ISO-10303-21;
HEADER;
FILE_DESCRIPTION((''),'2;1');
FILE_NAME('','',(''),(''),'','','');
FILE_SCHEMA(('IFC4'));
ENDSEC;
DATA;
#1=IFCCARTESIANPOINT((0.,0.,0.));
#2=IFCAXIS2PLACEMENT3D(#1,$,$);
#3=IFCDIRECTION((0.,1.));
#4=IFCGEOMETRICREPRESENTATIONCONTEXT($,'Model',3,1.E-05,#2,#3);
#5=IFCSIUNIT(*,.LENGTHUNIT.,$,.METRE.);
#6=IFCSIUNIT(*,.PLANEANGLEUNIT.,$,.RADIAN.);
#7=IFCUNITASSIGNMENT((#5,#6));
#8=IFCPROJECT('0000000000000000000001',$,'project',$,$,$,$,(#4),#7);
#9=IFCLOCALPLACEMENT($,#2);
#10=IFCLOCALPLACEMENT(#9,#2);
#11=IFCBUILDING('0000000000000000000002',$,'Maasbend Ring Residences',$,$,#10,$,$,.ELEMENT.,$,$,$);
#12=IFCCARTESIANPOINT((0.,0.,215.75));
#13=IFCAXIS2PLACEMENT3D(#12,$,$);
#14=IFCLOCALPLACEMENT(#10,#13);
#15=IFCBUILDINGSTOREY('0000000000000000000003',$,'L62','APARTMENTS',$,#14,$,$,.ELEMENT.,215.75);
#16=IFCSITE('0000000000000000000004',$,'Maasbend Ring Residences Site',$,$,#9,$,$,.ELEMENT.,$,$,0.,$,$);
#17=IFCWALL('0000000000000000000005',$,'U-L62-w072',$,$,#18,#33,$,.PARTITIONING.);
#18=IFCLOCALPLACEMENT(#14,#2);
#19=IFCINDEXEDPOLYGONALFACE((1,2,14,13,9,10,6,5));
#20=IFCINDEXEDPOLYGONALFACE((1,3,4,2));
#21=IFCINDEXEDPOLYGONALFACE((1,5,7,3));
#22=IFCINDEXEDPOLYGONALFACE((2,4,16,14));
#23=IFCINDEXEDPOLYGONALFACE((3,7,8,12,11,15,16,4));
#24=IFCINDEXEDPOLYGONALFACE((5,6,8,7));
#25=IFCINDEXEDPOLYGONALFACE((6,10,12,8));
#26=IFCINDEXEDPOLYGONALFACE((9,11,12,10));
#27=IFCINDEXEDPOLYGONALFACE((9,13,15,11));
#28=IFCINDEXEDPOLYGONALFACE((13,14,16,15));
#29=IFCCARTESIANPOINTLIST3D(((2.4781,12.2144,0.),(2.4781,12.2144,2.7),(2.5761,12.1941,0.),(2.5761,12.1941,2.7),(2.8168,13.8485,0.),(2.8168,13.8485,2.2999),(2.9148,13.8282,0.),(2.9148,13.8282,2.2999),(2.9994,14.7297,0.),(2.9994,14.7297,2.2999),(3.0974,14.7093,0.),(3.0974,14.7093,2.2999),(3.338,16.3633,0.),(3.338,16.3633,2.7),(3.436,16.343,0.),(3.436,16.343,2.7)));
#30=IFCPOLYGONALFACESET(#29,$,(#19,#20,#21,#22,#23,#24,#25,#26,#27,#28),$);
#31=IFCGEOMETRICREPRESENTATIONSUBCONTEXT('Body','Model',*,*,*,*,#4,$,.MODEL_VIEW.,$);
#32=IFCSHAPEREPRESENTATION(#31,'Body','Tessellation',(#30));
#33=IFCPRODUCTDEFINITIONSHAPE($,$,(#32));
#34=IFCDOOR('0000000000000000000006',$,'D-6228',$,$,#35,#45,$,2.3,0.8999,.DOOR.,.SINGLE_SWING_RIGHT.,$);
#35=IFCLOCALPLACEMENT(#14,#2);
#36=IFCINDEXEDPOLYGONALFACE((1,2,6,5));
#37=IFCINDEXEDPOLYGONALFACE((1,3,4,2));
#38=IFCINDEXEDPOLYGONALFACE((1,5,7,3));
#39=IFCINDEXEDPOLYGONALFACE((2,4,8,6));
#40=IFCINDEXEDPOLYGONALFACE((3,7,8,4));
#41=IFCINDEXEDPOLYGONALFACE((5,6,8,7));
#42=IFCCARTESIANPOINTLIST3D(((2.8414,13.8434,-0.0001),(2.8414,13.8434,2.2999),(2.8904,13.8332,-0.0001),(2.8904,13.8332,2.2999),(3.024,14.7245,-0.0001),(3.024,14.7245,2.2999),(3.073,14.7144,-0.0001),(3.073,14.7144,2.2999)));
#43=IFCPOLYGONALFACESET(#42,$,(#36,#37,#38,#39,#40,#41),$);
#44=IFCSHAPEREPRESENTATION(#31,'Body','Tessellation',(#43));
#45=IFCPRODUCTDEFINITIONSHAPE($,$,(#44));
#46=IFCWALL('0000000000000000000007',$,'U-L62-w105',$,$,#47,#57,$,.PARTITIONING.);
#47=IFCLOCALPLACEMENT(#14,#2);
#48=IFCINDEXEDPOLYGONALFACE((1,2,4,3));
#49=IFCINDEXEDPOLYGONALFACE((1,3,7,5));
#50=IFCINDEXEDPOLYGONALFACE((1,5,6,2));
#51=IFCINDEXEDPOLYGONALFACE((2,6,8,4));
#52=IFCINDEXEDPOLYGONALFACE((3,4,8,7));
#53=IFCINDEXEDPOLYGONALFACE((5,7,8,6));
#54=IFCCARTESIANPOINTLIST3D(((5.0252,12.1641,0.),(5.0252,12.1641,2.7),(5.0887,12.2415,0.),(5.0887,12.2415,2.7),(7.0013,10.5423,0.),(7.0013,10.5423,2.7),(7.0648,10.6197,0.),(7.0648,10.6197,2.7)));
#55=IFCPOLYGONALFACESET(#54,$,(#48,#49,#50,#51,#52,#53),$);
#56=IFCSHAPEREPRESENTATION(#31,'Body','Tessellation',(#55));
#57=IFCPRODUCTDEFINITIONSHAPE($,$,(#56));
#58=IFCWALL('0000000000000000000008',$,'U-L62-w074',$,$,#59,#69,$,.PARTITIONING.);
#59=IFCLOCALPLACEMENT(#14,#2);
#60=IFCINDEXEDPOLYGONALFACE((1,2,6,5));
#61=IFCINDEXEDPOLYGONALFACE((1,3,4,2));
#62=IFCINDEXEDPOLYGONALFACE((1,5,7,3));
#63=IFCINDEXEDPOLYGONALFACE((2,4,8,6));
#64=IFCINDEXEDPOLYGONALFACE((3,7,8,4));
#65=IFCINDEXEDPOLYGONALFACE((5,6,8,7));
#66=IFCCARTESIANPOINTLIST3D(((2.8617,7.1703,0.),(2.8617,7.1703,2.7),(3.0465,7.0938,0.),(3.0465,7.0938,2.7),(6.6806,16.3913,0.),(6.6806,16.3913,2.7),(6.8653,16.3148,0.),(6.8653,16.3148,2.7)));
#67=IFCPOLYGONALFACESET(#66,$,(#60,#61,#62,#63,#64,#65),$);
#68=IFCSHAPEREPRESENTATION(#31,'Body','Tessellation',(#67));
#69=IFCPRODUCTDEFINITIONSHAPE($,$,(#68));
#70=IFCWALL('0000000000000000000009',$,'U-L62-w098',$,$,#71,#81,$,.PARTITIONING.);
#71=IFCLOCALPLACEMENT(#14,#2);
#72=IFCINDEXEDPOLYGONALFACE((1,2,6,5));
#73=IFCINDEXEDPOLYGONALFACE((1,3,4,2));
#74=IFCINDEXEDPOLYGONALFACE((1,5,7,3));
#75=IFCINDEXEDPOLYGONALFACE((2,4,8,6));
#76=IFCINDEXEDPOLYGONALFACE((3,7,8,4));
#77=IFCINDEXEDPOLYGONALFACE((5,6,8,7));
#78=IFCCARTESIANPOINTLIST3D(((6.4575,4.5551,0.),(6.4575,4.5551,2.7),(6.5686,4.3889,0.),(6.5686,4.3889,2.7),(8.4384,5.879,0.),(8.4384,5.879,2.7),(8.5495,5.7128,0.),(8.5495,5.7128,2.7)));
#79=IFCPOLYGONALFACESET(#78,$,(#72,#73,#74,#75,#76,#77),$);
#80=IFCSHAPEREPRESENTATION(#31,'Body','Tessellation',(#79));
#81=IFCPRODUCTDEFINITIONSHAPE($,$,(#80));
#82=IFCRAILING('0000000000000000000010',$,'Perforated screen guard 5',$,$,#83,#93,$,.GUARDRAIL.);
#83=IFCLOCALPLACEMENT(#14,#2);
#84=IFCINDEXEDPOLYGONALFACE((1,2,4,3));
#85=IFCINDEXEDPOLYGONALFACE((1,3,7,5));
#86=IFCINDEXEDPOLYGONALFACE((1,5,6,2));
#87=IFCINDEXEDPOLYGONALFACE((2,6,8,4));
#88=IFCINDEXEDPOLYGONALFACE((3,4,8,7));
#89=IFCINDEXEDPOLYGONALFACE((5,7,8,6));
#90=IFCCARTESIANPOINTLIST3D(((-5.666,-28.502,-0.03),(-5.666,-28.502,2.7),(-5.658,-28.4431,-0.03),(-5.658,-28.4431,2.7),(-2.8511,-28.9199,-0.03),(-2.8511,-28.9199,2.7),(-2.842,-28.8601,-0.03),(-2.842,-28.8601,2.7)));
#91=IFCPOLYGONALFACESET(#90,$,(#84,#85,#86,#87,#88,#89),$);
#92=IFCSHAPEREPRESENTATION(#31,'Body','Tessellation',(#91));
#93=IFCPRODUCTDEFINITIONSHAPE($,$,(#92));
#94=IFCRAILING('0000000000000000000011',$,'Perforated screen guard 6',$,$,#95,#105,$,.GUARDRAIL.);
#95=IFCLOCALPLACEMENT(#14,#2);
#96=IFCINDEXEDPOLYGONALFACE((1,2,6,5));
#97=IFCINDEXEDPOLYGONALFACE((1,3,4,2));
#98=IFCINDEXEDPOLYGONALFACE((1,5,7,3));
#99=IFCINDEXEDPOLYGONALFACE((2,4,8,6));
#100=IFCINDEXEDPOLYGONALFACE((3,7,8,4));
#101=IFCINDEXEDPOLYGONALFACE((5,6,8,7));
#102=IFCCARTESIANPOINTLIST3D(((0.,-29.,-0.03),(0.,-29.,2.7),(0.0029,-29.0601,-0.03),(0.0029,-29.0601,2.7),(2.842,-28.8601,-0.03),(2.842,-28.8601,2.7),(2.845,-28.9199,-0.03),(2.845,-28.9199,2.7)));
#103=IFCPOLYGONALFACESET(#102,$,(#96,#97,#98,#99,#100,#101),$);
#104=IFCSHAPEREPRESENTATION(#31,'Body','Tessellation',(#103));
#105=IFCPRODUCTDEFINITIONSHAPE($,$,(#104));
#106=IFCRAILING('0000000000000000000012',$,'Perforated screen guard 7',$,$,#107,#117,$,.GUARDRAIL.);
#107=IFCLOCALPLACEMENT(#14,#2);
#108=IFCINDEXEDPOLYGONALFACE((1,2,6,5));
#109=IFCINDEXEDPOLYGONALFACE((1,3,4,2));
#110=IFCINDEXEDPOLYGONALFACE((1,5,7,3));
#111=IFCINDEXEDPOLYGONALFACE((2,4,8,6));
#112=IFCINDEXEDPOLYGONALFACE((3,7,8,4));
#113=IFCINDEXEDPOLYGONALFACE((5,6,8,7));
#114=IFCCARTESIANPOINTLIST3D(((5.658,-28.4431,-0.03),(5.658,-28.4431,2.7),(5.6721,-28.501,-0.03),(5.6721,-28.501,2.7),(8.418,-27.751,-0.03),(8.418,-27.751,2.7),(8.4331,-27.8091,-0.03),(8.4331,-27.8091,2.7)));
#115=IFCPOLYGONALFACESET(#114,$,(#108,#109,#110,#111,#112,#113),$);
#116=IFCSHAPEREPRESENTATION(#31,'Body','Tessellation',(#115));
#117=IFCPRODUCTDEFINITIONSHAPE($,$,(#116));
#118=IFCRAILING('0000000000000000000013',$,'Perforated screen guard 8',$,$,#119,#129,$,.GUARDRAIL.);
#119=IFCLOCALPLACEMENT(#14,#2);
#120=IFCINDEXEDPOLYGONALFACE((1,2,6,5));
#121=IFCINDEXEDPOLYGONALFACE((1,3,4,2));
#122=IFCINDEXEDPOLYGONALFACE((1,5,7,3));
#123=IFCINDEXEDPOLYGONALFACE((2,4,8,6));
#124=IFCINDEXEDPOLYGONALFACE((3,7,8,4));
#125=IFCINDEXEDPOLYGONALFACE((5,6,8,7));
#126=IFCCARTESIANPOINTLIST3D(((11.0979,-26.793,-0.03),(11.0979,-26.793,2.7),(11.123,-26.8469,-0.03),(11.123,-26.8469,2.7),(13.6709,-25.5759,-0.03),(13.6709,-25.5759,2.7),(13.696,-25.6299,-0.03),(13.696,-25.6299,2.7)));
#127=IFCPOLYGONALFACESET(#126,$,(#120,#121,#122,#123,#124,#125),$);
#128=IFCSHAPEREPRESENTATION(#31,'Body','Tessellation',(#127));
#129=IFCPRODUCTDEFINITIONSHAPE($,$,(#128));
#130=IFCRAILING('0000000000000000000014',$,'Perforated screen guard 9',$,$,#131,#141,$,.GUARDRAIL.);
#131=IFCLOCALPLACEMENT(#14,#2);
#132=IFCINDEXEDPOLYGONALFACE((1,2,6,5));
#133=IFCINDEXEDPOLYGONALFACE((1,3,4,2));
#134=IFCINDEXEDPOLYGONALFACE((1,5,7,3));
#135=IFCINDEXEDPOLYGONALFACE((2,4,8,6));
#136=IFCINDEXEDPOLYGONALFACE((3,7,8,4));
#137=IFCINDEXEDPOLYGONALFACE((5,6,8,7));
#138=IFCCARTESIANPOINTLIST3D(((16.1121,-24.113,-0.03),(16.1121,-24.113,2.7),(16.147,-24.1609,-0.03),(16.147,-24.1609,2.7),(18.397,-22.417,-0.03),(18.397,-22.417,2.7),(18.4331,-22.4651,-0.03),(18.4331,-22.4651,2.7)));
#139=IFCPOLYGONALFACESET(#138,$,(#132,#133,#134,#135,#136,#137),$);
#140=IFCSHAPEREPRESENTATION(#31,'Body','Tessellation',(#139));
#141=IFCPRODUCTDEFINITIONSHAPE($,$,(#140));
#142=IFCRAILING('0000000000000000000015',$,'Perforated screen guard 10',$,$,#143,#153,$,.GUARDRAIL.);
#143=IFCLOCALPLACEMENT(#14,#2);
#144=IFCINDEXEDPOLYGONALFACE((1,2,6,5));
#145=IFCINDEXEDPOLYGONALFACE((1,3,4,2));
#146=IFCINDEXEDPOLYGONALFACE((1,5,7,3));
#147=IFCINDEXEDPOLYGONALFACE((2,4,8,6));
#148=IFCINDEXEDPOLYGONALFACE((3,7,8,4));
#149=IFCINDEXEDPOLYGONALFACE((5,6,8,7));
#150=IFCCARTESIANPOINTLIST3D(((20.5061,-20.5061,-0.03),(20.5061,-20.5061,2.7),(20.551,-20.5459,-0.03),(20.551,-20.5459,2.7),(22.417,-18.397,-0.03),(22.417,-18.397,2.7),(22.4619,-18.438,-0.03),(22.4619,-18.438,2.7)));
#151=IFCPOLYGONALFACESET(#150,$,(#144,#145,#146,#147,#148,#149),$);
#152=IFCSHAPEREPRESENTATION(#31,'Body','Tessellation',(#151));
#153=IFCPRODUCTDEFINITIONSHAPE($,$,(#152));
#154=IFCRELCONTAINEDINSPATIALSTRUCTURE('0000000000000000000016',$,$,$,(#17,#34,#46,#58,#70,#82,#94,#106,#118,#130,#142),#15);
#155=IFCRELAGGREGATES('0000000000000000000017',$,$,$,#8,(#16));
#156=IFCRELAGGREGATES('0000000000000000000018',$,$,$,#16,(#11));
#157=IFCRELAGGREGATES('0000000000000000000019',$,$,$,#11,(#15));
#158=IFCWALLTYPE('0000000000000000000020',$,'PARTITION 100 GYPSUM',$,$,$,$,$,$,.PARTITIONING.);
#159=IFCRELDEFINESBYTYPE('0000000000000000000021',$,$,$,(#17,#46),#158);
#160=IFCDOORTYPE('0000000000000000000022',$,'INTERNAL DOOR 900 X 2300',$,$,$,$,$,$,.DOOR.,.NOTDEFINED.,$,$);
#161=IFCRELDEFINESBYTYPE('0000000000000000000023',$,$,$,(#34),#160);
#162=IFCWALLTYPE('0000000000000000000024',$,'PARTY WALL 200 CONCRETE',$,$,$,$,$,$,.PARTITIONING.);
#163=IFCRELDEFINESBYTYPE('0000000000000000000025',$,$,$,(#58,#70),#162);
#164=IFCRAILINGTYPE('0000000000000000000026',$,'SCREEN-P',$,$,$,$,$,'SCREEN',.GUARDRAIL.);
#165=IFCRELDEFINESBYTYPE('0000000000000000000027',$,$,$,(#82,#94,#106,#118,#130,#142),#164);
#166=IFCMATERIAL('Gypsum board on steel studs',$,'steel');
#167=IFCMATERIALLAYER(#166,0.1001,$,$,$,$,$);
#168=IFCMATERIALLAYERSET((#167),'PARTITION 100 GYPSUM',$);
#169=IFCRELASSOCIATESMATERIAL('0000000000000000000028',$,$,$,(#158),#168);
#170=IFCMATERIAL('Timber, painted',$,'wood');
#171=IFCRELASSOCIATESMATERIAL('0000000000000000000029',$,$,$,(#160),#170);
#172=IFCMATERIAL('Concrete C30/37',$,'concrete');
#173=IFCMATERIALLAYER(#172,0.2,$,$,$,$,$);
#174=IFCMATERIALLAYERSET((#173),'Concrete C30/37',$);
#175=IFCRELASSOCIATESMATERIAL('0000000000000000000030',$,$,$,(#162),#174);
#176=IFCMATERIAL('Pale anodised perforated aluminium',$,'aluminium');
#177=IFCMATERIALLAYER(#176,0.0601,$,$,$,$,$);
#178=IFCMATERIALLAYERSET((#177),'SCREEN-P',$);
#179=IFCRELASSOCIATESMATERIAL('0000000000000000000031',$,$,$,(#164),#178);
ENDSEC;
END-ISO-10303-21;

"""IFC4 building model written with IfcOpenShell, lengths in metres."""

from ifc_helpers import new_model, si_unit, direction, frame, frame_2d, origin, place, context, subcontext, project, spatial, polyline, rectangle, outline, extrude, material, layer, layer_set, type_object, element, fill, save


model = new_model("IFC4")

# Units and contexts
model_context = context("Model", 3, precision=1e-05, world=origin(), true_north=direction((0.0, 1.0)))
body_context = subcontext(model_context, "Body", "Model", "MODEL_VIEW")
ifc_project = project(units=[si_unit("LENGTHUNIT", "METRE"), si_unit("PLANEANGLEUNIT", "RADIAN")], contexts=[model_context])

# Site, building, storey
site_placement = place(None, origin())
site = spatial("IfcSite", under=ifc_project, at=site_placement, Name="Maasbend Ring Residences Site", CompositionType="ELEMENT", RefElevation=0.0)
building_placement = place(site_placement, origin())
building = spatial("IfcBuilding", under=site, at=building_placement, Name="Maasbend Ring Residences", CompositionType="ELEMENT")
storey_placement = place(building_placement, frame((0.0, 0.0, 215.75)))
storey = spatial("IfcBuildingStorey", under=building, at=storey_placement, Name="L62", Description="APARTMENTS", CompositionType="ELEMENT", Elevation=215.75)

# Wall, opening, door
ifc_material_1 = material(Name="Gypsum board on steel studs", Category="steel")
ifc_layer_1 = layer(ifc_material_1, 0.1001)
ifc_layer_set_1 = layer_set([ifc_layer_1], Name="PARTITION 100 GYPSUM")
wall_type_1 = type_object("IfcWallType", Name="PARTITION 100 GYPSUM", PredefinedType="PARTITIONING", material=ifc_layer_set_1)
ifc_material_2 = material(Name="Timber, painted", Category="wood")
door_type = type_object("IfcDoorType", Name="INTERNAL DOOR 900 X 2300", OperationType="NOTDEFINED", PredefinedType="DOOR", material=ifc_material_2)
wall_1_placement = place(storey_placement, frame((2.5271, 12.2041, 0.0), z_axis=(0.0, 0.0, 1.0), x_axis=(0.202937, 0.979192, 0.0)))
wall_1 = element("IfcWall", 1, at=wall_1_placement, inside=storey, type_object=wall_type_1, Name="U-L62-w072", PredefinedType="PARTITIONING", context=body_context, shape_type="SweptSolid", body=[
    extrude(rectangle(XDim=4.2371, YDim=0.1001, at=frame_2d((2.1187, 0.0))), origin(), (0.0, 0.0, 1.0), 2.7),
])
opening_1_placement = place(wall_1_placement, frame((1.6689, 0.0, 0.0)))
opening_1 = element("IfcOpeningElement", 2, at=opening_1_placement, cuts=wall_1, PredefinedType="OPENING", context=body_context, shape_type="SweptSolid", body=[
    extrude(rectangle(XDim=0.8999, YDim=2.3, at=frame_2d((0.45, 1.1499))), frame((0.0, 0.0601, 0.0), z_axis=(0.0, -1.0, 0.0), x_axis=(1.0, 0.0, 0.0)), (0.0, 0.0, 1.0), 0.1201),
])
door_1_placement = place(opening_1_placement, origin())
door_1 = element("IfcDoor", 3, at=door_1_placement, inside=storey, type_object=door_type, Name="D-6228", OperationType="SINGLE_SWING_RIGHT", OverallHeight=2.3, OverallWidth=0.8999, PredefinedType="DOOR", context=body_context, shape_type="SweptSolid", body=[
    extrude(rectangle(XDim=0.8999, YDim=2.3, at=frame_2d((0.45, 1.1499))), frame((0.0, 0.0249, 0.0), z_axis=(0.0, -1.0, 0.0), x_axis=(1.0, 0.0, 0.0)), (0.0, 0.0, 1.0), 0.05),
])
fill(opening_1, door_1)

# Walls
wall_2_placement = place(storey_placement, frame((5.0569, 12.2029, 0.0), z_axis=(0.0, 0.0, 1.0), x_axis=(0.772991, -0.634418, 0.0)))
element("IfcWall", 4, at=wall_2_placement, inside=storey, type_object=wall_type_1, Name="U-L62-w105", PredefinedType="PARTITIONING", context=body_context, shape_type="SweptSolid", body=[
    extrude(rectangle(XDim=2.5564, YDim=0.1001, at=frame_2d((1.2783, 0.0))), origin(), (0.0, 0.0, 1.0), 2.7),
])
ifc_material_3 = material(Name="Concrete C30/37", Category="concrete")
ifc_layer_2 = layer(ifc_material_3, 0.2)
ifc_layer_set_2 = layer_set([ifc_layer_2], Name="Concrete C30/37")
wall_type_2 = type_object("IfcWallType", Name="PARTY WALL 200 CONCRETE", PredefinedType="PARTITIONING", material=ifc_layer_set_2)
wall_3_placement = place(storey_placement, frame((2.9541, 7.1321, 0.0), z_axis=(0.0, 0.0, 1.0), x_axis=(0.382633, 0.923901, 0.0)))
element("IfcWall", 5, at=wall_3_placement, inside=storey, type_object=wall_type_2, Name="U-L62-w074", PredefinedType="PARTITIONING", context=body_context, shape_type="SweptSolid", body=[
    extrude(rectangle(XDim=9.9805, YDim=0.2, at=frame_2d((4.9902, 0.0))), origin(), (0.0, 0.0, 1.0), 2.7),
])
wall_4_placement = place(storey_placement, frame((6.5129, 4.4719, 0.0), z_axis=(0.0, 0.0, 1.0), x_axis=(0.831403, 0.555669, 0.0)))
element("IfcWall", 6, at=wall_4_placement, inside=storey, type_object=wall_type_2, Name="U-L62-w098", PredefinedType="PARTITIONING", context=body_context, shape_type="SweptSolid", body=[
    extrude(rectangle(XDim=2.3826, YDim=0.2, at=frame_2d((1.1914, 0.0))), origin(), (0.0, 0.0, 1.0), 2.7),
])

# Railings
ifc_material_4 = material(Name="Pale anodised perforated aluminium", Category="aluminium")
ifc_layer_3 = layer(ifc_material_4, 0.0601)
ifc_layer_set_3 = layer_set([ifc_layer_3], Name="SCREEN-P")
railing_type = type_object("IfcRailingType", Name="SCREEN-P", ElementType="SCREEN", PredefinedType="GUARDRAIL", material=ifc_layer_set_3)
railing_1_placement = place(storey_placement, frame((0.0, 0.0, -0.03)))
element("IfcRailing", 7, at=railing_1_placement, inside=storey, type_object=railing_type, Name="Perforated screen guard 5", PredefinedType="GUARDRAIL", context=body_context, shape_type="SweptSolid", body=[
    extrude(outline(polyline([(-5.658, -28.4431), (-2.842, -28.8601), (-2.8511, -28.9199), (-5.666, -28.502), (-5.658, -28.4431)])), origin(), (0.0, 0.0, 1.0), 2.73),
])
railing_2_placement = place(storey_placement, frame((0.0, 0.0, -0.03)))
element("IfcRailing", 8, at=railing_2_placement, inside=storey, type_object=railing_type, Name="Perforated screen guard 6", PredefinedType="GUARDRAIL", context=body_context, shape_type="SweptSolid", body=[
    extrude(outline(polyline([(0.0, -29.0), (2.842, -28.8601), (2.845, -28.9199), (0.0029, -29.0601), (0.0, -29.0)])), origin(), (0.0, 0.0, 1.0), 2.73),
])
railing_3_placement = place(storey_placement, frame((0.0, 0.0, -0.03)))
element("IfcRailing", 9, at=railing_3_placement, inside=storey, type_object=railing_type, Name="Perforated screen guard 7", PredefinedType="GUARDRAIL", context=body_context, shape_type="SweptSolid", body=[
    extrude(outline(polyline([(5.658, -28.4431), (8.418, -27.751), (8.4331, -27.8091), (5.6721, -28.501), (5.658, -28.4431)])), origin(), (0.0, 0.0, 1.0), 2.73),
])
railing_4_placement = place(storey_placement, frame((0.0, 0.0, -0.03)))
element("IfcRailing", 10, at=railing_4_placement, inside=storey, type_object=railing_type, Name="Perforated screen guard 8", PredefinedType="GUARDRAIL", context=body_context, shape_type="SweptSolid", body=[
    extrude(outline(polyline([(11.0979, -26.793), (13.6709, -25.5759), (13.696, -25.6299), (11.123, -26.8469), (11.0979, -26.793)])), origin(), (0.0, 0.0, 1.0), 2.73),
])
railing_5_placement = place(storey_placement, frame((0.0, 0.0, -0.03)))
element("IfcRailing", 11, at=railing_5_placement, inside=storey, type_object=railing_type, Name="Perforated screen guard 9", PredefinedType="GUARDRAIL", context=body_context, shape_type="SweptSolid", body=[
    extrude(outline(polyline([(16.1121, -24.113), (18.397, -22.417), (18.4331, -22.4651), (16.147, -24.1609), (16.1121, -24.113)])), origin(), (0.0, 0.0, 1.0), 2.73),
])
railing_6_placement = place(storey_placement, frame((0.0, 0.0, -0.03)))
element("IfcRailing", 12, at=railing_6_placement, inside=storey, type_object=railing_type, Name="Perforated screen guard 10", PredefinedType="GUARDRAIL", context=body_context, shape_type="SweptSolid", body=[
    extrude(outline(polyline([(20.5061, -20.5061), (22.417, -18.397), (22.4619, -18.438), (20.551, -20.5459), (20.5061, -20.5061)])), origin(), (0.0, 0.0, 1.0), 2.73),
])

save(model, "model.ifc")
